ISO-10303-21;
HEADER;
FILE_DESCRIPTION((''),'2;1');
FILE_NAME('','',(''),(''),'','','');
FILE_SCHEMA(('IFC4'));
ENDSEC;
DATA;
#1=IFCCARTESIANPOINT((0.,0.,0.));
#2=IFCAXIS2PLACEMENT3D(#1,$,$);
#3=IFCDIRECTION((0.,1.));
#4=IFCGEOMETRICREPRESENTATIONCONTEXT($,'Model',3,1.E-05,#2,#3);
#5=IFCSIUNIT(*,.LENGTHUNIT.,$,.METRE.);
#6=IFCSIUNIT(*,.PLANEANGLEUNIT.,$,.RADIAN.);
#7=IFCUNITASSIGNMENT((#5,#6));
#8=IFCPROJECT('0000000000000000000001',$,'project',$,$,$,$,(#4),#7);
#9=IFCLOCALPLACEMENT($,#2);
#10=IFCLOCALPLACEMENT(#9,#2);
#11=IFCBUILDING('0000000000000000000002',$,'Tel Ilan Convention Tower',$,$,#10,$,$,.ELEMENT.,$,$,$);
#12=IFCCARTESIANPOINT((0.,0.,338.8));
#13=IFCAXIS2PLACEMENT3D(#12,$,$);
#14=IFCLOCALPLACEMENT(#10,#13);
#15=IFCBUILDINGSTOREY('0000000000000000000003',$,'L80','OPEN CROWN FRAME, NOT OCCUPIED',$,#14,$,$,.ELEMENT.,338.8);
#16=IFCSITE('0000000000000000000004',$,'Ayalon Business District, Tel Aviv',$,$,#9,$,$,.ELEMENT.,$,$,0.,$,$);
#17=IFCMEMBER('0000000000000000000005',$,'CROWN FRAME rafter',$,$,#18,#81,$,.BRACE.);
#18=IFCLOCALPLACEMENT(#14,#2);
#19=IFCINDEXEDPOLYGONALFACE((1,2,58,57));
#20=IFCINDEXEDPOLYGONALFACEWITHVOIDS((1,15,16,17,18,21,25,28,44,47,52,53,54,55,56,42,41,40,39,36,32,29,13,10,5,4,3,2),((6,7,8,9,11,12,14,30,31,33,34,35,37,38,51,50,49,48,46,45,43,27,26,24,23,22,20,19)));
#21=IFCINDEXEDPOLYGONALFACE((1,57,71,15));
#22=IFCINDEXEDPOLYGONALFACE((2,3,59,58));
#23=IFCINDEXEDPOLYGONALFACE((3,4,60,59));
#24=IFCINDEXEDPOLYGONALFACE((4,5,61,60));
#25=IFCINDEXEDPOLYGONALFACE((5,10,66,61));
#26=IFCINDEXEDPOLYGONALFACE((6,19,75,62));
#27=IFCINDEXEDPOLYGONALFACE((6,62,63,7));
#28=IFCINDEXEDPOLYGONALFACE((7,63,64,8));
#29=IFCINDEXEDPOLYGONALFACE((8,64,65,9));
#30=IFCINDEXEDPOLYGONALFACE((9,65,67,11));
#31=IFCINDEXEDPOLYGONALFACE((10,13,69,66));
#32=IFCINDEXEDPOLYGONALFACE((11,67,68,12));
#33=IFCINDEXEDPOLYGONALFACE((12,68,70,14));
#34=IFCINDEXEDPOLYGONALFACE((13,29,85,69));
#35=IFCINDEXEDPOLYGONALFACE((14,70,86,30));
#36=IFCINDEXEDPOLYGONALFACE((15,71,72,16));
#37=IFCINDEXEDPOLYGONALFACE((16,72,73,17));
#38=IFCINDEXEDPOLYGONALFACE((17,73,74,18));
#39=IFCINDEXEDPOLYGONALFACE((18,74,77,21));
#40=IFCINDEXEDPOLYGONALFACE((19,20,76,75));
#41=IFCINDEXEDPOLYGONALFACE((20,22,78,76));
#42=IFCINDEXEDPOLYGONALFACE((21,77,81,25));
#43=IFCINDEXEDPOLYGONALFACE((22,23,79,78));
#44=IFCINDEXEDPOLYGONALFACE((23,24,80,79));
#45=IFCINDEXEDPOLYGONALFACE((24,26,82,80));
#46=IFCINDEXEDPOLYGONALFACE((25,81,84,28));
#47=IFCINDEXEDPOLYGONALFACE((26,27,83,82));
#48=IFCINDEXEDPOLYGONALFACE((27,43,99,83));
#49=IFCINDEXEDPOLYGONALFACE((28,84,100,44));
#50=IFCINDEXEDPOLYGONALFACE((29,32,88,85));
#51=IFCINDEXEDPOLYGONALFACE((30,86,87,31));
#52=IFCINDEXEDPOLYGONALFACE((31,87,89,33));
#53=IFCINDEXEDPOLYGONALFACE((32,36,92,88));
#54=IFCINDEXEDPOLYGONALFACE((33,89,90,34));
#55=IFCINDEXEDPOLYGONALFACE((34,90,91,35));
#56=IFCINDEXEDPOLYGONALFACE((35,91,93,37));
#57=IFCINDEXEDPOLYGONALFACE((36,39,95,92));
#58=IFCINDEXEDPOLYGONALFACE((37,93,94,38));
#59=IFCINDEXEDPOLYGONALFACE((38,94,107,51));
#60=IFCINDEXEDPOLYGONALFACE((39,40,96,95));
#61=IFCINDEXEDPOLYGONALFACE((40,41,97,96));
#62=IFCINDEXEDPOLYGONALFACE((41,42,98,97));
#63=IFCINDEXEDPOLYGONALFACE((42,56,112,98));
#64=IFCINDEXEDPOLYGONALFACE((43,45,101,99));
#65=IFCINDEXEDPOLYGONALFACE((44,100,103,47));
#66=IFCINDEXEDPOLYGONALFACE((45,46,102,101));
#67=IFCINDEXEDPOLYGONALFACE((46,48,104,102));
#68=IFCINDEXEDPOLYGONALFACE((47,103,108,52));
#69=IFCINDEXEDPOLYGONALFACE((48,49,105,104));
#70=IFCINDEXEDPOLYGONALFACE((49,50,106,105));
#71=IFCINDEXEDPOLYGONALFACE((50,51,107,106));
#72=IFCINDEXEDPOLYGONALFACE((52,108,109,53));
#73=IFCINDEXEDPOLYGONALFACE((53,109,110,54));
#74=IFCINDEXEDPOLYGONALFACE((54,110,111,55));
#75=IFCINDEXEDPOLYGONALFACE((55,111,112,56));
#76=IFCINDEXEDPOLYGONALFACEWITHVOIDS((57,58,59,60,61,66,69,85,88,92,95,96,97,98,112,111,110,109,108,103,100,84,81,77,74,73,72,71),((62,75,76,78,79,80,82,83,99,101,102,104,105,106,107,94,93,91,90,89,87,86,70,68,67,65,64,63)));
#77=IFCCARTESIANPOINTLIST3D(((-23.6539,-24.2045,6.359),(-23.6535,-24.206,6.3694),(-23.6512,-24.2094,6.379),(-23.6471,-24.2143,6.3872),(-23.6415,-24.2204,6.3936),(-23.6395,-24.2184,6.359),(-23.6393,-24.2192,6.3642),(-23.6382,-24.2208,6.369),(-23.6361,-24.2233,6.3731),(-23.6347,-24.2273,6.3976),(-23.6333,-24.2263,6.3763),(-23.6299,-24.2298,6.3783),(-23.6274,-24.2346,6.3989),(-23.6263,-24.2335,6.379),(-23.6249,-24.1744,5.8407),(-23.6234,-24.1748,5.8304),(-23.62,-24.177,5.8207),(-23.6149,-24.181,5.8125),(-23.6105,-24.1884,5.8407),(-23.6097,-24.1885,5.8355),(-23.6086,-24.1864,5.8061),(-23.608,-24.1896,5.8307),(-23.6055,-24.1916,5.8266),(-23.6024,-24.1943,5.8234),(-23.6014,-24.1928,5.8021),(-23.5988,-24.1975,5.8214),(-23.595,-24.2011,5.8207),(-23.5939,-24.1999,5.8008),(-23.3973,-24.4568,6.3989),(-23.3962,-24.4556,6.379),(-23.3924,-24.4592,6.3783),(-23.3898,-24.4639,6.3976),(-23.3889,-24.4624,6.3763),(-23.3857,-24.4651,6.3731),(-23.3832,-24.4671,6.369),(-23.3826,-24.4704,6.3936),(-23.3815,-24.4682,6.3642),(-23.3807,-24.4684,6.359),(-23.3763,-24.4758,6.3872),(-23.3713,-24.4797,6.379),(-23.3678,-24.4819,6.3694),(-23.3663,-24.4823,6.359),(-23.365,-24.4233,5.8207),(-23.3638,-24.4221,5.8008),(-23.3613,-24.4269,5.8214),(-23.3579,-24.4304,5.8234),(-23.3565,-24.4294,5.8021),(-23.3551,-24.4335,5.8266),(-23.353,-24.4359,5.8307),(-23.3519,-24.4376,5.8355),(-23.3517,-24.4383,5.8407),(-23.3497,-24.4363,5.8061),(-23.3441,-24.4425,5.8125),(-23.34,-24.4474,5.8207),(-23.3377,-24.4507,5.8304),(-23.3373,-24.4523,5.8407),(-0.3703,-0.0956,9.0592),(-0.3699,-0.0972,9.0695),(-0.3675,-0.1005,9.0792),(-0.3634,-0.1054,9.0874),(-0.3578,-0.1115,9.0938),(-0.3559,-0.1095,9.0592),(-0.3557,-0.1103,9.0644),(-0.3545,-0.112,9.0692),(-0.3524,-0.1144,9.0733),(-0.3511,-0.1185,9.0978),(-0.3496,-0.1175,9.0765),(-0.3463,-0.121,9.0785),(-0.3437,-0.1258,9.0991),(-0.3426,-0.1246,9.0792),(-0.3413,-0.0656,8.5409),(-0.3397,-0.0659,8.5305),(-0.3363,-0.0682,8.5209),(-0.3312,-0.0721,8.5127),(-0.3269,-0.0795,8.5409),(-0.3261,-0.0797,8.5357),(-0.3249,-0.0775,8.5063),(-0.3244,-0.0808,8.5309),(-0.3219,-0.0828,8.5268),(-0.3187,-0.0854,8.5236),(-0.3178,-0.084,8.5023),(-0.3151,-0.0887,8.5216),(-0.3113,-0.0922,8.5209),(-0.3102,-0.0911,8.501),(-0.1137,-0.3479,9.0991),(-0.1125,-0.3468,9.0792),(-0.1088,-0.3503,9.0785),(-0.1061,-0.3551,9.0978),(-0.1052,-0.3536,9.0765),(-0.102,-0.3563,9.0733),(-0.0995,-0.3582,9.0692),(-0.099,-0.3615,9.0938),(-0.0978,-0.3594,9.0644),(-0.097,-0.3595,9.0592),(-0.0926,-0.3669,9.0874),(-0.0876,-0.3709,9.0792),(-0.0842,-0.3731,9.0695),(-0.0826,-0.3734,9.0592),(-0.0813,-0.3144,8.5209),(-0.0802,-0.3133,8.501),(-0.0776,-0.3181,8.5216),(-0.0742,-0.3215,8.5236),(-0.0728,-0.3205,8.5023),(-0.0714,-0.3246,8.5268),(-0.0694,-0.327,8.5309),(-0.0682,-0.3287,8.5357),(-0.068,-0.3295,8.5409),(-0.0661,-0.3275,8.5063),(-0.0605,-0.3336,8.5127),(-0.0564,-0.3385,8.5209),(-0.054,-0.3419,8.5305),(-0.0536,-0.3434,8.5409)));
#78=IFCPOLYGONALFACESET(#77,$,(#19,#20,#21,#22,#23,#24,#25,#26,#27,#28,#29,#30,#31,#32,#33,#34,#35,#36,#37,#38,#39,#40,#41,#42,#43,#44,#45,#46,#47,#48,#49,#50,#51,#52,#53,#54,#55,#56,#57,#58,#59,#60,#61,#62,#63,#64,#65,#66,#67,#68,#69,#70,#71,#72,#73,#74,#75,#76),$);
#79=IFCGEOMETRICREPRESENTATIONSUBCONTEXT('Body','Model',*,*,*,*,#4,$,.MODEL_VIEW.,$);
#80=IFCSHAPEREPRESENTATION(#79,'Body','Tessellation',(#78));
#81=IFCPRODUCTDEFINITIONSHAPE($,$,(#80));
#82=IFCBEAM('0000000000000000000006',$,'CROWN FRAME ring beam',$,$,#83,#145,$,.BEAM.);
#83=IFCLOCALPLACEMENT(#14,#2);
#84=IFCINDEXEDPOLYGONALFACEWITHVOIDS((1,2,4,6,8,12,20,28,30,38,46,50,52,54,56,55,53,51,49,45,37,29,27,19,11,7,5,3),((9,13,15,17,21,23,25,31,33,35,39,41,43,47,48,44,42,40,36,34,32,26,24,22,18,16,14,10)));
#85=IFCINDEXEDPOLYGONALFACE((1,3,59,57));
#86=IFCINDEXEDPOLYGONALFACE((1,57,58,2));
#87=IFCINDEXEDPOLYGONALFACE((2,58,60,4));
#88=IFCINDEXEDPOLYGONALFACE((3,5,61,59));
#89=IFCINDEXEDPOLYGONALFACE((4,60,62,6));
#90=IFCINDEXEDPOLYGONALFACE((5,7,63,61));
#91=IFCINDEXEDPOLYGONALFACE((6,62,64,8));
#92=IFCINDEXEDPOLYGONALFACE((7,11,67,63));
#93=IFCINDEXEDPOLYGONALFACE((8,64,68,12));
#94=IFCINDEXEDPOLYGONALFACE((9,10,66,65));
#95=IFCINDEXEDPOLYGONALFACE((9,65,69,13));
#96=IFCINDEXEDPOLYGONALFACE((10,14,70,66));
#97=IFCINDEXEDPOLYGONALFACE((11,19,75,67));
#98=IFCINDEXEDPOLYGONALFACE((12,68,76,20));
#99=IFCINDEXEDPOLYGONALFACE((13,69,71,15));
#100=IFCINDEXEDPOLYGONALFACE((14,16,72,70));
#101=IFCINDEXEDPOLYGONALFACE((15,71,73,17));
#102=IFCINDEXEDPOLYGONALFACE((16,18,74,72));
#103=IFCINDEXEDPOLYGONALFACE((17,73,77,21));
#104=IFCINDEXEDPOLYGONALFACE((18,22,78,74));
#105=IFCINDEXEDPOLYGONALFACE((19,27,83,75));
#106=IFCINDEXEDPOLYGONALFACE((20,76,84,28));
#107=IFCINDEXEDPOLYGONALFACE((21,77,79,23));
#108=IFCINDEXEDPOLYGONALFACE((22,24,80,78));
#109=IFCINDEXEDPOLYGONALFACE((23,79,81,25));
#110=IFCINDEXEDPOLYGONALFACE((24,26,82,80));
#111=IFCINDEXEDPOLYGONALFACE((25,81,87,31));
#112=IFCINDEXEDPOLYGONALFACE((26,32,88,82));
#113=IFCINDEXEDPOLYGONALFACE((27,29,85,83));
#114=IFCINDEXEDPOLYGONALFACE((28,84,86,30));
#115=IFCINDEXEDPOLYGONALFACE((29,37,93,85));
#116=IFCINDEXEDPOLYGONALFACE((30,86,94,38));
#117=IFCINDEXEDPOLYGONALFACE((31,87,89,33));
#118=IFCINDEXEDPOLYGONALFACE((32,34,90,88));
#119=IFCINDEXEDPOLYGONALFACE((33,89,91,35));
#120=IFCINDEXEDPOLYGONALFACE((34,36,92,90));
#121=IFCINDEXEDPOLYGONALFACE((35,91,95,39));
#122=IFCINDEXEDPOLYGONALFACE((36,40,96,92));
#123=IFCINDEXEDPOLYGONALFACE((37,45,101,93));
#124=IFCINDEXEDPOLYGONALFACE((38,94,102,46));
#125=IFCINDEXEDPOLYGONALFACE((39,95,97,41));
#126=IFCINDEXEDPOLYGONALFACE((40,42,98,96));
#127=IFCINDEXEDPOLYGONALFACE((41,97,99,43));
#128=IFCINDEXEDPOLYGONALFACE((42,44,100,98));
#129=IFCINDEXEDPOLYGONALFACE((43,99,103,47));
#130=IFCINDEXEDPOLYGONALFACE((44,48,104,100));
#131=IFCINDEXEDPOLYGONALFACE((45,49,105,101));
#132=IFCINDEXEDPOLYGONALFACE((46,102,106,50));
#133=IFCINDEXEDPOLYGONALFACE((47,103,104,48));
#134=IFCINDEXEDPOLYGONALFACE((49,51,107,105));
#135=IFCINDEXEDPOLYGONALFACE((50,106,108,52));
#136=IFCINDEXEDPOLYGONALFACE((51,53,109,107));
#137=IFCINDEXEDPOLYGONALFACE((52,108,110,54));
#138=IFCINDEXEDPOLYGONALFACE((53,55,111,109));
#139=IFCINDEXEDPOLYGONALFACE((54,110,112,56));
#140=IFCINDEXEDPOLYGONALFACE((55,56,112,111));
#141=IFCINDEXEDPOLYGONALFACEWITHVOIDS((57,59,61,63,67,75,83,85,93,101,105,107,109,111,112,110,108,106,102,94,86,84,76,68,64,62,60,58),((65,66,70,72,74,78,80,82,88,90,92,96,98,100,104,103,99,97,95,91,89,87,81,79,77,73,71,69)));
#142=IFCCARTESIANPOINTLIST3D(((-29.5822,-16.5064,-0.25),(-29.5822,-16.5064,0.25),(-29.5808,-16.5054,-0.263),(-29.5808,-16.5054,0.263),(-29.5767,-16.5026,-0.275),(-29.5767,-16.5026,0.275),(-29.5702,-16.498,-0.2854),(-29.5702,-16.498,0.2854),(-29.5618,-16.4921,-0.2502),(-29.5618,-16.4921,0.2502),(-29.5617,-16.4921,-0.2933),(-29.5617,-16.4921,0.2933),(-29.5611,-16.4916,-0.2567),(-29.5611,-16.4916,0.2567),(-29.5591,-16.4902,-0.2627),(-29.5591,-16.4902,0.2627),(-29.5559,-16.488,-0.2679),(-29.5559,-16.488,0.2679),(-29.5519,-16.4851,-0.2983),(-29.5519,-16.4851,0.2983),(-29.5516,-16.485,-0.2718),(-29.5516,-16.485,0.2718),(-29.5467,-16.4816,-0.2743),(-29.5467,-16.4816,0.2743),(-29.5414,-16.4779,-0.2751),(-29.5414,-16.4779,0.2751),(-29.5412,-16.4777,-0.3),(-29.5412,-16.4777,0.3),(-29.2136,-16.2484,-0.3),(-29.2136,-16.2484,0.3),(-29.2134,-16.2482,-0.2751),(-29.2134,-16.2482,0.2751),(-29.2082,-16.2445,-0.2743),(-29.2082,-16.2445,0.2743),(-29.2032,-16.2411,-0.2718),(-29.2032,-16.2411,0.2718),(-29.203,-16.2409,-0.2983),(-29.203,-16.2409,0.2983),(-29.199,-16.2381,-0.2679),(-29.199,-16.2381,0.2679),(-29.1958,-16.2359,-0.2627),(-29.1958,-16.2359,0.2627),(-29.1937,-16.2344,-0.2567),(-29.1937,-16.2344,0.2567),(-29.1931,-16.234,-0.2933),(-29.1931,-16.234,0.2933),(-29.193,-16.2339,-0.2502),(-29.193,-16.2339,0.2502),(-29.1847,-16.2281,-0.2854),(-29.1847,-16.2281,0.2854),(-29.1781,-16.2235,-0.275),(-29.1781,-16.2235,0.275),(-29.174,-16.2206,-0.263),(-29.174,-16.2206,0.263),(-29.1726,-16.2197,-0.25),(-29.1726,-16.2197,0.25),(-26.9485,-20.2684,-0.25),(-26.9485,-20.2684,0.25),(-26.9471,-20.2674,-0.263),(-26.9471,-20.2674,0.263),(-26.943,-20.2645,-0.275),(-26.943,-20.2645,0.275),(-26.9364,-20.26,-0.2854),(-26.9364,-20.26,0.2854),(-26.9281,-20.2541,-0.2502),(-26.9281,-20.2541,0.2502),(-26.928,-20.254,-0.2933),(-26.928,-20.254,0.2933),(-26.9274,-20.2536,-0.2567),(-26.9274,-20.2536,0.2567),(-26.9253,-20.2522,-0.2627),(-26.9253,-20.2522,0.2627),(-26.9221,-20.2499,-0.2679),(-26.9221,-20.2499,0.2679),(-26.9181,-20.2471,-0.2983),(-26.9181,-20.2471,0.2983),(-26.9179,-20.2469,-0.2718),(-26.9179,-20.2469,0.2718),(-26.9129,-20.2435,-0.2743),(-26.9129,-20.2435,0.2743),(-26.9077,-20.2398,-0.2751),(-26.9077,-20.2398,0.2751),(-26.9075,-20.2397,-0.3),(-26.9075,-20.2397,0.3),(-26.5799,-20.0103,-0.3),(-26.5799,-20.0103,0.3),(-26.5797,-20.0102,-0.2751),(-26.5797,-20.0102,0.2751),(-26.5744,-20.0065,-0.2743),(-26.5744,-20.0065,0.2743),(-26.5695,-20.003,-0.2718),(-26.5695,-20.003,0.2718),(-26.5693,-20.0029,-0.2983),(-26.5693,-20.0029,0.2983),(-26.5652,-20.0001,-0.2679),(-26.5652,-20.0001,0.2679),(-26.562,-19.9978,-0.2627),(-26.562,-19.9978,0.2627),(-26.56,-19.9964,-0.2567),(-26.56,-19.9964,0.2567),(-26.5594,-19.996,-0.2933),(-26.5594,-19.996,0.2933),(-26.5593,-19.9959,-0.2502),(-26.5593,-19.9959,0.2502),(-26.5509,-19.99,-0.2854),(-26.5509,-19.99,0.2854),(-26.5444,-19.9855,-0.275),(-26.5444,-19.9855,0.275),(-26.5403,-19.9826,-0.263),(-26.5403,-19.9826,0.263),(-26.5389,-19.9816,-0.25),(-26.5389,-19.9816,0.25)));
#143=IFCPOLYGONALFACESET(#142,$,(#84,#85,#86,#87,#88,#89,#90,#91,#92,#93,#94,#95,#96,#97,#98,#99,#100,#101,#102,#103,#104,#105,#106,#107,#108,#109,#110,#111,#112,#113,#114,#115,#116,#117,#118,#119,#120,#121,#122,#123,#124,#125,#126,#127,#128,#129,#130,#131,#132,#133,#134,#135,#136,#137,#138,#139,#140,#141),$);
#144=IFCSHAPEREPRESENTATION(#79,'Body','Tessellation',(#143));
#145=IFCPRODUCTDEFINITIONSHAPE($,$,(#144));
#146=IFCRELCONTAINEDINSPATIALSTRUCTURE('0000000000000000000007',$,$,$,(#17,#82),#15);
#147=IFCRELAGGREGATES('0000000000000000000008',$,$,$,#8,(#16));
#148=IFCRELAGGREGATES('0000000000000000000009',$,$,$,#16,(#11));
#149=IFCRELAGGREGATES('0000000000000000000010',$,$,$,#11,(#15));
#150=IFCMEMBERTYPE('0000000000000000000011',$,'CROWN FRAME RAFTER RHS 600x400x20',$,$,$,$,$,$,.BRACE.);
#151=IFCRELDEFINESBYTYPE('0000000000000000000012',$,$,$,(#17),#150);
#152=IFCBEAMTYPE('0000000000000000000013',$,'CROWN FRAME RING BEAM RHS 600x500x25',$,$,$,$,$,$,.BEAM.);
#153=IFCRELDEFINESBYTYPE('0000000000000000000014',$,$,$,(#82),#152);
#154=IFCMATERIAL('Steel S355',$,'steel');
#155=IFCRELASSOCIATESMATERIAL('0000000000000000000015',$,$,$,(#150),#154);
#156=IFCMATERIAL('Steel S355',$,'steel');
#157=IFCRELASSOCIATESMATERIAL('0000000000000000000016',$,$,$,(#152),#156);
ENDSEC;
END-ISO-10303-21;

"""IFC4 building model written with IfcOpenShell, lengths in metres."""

from ifc_helpers import new_model, si_unit, direction, frame, origin, origin_2d, place, context, subcontext, project, spatial, hollow_rectangle, extrude, material, material_profile, profile_set, type_object, element, save


model = new_model("IFC4")

# Units and contexts
model_context = context("Model", 3, precision=1e-05, world=origin(), true_north=direction((0.0, 1.0)))
body_context = subcontext(model_context, "Body", "Model", "MODEL_VIEW")
ifc_project = project(units=[si_unit("LENGTHUNIT", "METRE"), si_unit("PLANEANGLEUNIT", "RADIAN")], contexts=[model_context])

# Site, building, storey
site_placement = place(None, origin())
site = spatial("IfcSite", under=ifc_project, at=site_placement, Name="Ayalon Business District, Tel Aviv", CompositionType="ELEMENT", RefElevation=0.0)
building_placement = place(site_placement, origin())
building = spatial("IfcBuilding", under=site, at=building_placement, Name="Tel Ilan Convention Tower", CompositionType="ELEMENT")
storey_placement = place(building_placement, frame((0.0, 0.0, 338.8)))
storey = spatial("IfcBuildingStorey", under=building, at=storey_placement, Name="L80", Description="OPEN CROWN FRAME, NOT OCCUPIED", CompositionType="ELEMENT", Elevation=338.8)

# Member
ifc_material_1 = material(Name="Steel S355", Category="steel")
ifc_material_profile_1 = material_profile(ifc_material_1, hollow_rectangle(XDim=0.3999, YDim=0.6001, WallThickness=0.02, InnerFilletRadius=0.02, OuterFilletRadius=0.04, at=origin_2d()), Name="RHS 600x400x20")
ifc_profile_set_1 = profile_set([ifc_material_profile_1], Name="Steel S355")
member_type_1 = type_object("IfcMemberType", Name="CROWN FRAME RAFTER RHS 600x400x20", PredefinedType="BRACE", material=ifc_profile_set_1)
member_1_placement = place(storey_placement, frame((-23.4956, -24.3284, 6.0999), z_axis=(0.692446, 0.716987, 0.080303), x_axis=(-0.71931, 0.694689, 0.0)))
element("IfcMember", 1, at=member_1_placement, inside=storey, type_object=member_type_1, Name="CROWN FRAME rafter", PredefinedType="BRACE", context=body_context, shape_type="SweptSolid", body=[
    extrude(hollow_rectangle(XDim=0.3999, YDim=0.6001, WallThickness=0.02, InnerFilletRadius=0.02, OuterFilletRadius=0.04, at=origin_2d()), origin(), (0.0, 0.0, 1.0), 33.6252),
])

# Beam
ifc_material_2 = material(Name="Steel S355", Category="steel")
ifc_material_profile_2 = material_profile(ifc_material_2, hollow_rectangle(XDim=0.5, YDim=0.6001, WallThickness=0.0249, InnerFilletRadius=0.0249, OuterFilletRadius=0.05, at=origin_2d()), Name="RHS 600x500x25")
ifc_profile_set_2 = profile_set([ifc_material_profile_2], Name="Steel S355")
beam_type = type_object("IfcBeamType", Name="CROWN FRAME RING BEAM RHS 600x500x25", PredefinedType="BEAM", material=ifc_profile_set_2)
for number, where, z_axis, x_axis, name in (
    (2, (-29.3774, -16.363, 0.0), (0.573523, -0.819189, 0.0), (0.819189, 0.573523, 0.0), "CROWN FRAME ring beam"),
):
    element("IfcBeam", number, at=place(storey_placement, frame(where, z_axis=z_axis, x_axis=x_axis)), inside=storey, type_object=beam_type, Name=name, PredefinedType="BEAM", context=body_context, shape_type="SweptSolid", body=[
        extrude(hollow_rectangle(XDim=0.5, YDim=0.6001, WallThickness=0.0249, InnerFilletRadius=0.0249, OuterFilletRadius=0.05, at=origin_2d()), origin(), (0.0, 0.0, 1.0), 4.5923),
    ])

save(model, "model.ifc")
